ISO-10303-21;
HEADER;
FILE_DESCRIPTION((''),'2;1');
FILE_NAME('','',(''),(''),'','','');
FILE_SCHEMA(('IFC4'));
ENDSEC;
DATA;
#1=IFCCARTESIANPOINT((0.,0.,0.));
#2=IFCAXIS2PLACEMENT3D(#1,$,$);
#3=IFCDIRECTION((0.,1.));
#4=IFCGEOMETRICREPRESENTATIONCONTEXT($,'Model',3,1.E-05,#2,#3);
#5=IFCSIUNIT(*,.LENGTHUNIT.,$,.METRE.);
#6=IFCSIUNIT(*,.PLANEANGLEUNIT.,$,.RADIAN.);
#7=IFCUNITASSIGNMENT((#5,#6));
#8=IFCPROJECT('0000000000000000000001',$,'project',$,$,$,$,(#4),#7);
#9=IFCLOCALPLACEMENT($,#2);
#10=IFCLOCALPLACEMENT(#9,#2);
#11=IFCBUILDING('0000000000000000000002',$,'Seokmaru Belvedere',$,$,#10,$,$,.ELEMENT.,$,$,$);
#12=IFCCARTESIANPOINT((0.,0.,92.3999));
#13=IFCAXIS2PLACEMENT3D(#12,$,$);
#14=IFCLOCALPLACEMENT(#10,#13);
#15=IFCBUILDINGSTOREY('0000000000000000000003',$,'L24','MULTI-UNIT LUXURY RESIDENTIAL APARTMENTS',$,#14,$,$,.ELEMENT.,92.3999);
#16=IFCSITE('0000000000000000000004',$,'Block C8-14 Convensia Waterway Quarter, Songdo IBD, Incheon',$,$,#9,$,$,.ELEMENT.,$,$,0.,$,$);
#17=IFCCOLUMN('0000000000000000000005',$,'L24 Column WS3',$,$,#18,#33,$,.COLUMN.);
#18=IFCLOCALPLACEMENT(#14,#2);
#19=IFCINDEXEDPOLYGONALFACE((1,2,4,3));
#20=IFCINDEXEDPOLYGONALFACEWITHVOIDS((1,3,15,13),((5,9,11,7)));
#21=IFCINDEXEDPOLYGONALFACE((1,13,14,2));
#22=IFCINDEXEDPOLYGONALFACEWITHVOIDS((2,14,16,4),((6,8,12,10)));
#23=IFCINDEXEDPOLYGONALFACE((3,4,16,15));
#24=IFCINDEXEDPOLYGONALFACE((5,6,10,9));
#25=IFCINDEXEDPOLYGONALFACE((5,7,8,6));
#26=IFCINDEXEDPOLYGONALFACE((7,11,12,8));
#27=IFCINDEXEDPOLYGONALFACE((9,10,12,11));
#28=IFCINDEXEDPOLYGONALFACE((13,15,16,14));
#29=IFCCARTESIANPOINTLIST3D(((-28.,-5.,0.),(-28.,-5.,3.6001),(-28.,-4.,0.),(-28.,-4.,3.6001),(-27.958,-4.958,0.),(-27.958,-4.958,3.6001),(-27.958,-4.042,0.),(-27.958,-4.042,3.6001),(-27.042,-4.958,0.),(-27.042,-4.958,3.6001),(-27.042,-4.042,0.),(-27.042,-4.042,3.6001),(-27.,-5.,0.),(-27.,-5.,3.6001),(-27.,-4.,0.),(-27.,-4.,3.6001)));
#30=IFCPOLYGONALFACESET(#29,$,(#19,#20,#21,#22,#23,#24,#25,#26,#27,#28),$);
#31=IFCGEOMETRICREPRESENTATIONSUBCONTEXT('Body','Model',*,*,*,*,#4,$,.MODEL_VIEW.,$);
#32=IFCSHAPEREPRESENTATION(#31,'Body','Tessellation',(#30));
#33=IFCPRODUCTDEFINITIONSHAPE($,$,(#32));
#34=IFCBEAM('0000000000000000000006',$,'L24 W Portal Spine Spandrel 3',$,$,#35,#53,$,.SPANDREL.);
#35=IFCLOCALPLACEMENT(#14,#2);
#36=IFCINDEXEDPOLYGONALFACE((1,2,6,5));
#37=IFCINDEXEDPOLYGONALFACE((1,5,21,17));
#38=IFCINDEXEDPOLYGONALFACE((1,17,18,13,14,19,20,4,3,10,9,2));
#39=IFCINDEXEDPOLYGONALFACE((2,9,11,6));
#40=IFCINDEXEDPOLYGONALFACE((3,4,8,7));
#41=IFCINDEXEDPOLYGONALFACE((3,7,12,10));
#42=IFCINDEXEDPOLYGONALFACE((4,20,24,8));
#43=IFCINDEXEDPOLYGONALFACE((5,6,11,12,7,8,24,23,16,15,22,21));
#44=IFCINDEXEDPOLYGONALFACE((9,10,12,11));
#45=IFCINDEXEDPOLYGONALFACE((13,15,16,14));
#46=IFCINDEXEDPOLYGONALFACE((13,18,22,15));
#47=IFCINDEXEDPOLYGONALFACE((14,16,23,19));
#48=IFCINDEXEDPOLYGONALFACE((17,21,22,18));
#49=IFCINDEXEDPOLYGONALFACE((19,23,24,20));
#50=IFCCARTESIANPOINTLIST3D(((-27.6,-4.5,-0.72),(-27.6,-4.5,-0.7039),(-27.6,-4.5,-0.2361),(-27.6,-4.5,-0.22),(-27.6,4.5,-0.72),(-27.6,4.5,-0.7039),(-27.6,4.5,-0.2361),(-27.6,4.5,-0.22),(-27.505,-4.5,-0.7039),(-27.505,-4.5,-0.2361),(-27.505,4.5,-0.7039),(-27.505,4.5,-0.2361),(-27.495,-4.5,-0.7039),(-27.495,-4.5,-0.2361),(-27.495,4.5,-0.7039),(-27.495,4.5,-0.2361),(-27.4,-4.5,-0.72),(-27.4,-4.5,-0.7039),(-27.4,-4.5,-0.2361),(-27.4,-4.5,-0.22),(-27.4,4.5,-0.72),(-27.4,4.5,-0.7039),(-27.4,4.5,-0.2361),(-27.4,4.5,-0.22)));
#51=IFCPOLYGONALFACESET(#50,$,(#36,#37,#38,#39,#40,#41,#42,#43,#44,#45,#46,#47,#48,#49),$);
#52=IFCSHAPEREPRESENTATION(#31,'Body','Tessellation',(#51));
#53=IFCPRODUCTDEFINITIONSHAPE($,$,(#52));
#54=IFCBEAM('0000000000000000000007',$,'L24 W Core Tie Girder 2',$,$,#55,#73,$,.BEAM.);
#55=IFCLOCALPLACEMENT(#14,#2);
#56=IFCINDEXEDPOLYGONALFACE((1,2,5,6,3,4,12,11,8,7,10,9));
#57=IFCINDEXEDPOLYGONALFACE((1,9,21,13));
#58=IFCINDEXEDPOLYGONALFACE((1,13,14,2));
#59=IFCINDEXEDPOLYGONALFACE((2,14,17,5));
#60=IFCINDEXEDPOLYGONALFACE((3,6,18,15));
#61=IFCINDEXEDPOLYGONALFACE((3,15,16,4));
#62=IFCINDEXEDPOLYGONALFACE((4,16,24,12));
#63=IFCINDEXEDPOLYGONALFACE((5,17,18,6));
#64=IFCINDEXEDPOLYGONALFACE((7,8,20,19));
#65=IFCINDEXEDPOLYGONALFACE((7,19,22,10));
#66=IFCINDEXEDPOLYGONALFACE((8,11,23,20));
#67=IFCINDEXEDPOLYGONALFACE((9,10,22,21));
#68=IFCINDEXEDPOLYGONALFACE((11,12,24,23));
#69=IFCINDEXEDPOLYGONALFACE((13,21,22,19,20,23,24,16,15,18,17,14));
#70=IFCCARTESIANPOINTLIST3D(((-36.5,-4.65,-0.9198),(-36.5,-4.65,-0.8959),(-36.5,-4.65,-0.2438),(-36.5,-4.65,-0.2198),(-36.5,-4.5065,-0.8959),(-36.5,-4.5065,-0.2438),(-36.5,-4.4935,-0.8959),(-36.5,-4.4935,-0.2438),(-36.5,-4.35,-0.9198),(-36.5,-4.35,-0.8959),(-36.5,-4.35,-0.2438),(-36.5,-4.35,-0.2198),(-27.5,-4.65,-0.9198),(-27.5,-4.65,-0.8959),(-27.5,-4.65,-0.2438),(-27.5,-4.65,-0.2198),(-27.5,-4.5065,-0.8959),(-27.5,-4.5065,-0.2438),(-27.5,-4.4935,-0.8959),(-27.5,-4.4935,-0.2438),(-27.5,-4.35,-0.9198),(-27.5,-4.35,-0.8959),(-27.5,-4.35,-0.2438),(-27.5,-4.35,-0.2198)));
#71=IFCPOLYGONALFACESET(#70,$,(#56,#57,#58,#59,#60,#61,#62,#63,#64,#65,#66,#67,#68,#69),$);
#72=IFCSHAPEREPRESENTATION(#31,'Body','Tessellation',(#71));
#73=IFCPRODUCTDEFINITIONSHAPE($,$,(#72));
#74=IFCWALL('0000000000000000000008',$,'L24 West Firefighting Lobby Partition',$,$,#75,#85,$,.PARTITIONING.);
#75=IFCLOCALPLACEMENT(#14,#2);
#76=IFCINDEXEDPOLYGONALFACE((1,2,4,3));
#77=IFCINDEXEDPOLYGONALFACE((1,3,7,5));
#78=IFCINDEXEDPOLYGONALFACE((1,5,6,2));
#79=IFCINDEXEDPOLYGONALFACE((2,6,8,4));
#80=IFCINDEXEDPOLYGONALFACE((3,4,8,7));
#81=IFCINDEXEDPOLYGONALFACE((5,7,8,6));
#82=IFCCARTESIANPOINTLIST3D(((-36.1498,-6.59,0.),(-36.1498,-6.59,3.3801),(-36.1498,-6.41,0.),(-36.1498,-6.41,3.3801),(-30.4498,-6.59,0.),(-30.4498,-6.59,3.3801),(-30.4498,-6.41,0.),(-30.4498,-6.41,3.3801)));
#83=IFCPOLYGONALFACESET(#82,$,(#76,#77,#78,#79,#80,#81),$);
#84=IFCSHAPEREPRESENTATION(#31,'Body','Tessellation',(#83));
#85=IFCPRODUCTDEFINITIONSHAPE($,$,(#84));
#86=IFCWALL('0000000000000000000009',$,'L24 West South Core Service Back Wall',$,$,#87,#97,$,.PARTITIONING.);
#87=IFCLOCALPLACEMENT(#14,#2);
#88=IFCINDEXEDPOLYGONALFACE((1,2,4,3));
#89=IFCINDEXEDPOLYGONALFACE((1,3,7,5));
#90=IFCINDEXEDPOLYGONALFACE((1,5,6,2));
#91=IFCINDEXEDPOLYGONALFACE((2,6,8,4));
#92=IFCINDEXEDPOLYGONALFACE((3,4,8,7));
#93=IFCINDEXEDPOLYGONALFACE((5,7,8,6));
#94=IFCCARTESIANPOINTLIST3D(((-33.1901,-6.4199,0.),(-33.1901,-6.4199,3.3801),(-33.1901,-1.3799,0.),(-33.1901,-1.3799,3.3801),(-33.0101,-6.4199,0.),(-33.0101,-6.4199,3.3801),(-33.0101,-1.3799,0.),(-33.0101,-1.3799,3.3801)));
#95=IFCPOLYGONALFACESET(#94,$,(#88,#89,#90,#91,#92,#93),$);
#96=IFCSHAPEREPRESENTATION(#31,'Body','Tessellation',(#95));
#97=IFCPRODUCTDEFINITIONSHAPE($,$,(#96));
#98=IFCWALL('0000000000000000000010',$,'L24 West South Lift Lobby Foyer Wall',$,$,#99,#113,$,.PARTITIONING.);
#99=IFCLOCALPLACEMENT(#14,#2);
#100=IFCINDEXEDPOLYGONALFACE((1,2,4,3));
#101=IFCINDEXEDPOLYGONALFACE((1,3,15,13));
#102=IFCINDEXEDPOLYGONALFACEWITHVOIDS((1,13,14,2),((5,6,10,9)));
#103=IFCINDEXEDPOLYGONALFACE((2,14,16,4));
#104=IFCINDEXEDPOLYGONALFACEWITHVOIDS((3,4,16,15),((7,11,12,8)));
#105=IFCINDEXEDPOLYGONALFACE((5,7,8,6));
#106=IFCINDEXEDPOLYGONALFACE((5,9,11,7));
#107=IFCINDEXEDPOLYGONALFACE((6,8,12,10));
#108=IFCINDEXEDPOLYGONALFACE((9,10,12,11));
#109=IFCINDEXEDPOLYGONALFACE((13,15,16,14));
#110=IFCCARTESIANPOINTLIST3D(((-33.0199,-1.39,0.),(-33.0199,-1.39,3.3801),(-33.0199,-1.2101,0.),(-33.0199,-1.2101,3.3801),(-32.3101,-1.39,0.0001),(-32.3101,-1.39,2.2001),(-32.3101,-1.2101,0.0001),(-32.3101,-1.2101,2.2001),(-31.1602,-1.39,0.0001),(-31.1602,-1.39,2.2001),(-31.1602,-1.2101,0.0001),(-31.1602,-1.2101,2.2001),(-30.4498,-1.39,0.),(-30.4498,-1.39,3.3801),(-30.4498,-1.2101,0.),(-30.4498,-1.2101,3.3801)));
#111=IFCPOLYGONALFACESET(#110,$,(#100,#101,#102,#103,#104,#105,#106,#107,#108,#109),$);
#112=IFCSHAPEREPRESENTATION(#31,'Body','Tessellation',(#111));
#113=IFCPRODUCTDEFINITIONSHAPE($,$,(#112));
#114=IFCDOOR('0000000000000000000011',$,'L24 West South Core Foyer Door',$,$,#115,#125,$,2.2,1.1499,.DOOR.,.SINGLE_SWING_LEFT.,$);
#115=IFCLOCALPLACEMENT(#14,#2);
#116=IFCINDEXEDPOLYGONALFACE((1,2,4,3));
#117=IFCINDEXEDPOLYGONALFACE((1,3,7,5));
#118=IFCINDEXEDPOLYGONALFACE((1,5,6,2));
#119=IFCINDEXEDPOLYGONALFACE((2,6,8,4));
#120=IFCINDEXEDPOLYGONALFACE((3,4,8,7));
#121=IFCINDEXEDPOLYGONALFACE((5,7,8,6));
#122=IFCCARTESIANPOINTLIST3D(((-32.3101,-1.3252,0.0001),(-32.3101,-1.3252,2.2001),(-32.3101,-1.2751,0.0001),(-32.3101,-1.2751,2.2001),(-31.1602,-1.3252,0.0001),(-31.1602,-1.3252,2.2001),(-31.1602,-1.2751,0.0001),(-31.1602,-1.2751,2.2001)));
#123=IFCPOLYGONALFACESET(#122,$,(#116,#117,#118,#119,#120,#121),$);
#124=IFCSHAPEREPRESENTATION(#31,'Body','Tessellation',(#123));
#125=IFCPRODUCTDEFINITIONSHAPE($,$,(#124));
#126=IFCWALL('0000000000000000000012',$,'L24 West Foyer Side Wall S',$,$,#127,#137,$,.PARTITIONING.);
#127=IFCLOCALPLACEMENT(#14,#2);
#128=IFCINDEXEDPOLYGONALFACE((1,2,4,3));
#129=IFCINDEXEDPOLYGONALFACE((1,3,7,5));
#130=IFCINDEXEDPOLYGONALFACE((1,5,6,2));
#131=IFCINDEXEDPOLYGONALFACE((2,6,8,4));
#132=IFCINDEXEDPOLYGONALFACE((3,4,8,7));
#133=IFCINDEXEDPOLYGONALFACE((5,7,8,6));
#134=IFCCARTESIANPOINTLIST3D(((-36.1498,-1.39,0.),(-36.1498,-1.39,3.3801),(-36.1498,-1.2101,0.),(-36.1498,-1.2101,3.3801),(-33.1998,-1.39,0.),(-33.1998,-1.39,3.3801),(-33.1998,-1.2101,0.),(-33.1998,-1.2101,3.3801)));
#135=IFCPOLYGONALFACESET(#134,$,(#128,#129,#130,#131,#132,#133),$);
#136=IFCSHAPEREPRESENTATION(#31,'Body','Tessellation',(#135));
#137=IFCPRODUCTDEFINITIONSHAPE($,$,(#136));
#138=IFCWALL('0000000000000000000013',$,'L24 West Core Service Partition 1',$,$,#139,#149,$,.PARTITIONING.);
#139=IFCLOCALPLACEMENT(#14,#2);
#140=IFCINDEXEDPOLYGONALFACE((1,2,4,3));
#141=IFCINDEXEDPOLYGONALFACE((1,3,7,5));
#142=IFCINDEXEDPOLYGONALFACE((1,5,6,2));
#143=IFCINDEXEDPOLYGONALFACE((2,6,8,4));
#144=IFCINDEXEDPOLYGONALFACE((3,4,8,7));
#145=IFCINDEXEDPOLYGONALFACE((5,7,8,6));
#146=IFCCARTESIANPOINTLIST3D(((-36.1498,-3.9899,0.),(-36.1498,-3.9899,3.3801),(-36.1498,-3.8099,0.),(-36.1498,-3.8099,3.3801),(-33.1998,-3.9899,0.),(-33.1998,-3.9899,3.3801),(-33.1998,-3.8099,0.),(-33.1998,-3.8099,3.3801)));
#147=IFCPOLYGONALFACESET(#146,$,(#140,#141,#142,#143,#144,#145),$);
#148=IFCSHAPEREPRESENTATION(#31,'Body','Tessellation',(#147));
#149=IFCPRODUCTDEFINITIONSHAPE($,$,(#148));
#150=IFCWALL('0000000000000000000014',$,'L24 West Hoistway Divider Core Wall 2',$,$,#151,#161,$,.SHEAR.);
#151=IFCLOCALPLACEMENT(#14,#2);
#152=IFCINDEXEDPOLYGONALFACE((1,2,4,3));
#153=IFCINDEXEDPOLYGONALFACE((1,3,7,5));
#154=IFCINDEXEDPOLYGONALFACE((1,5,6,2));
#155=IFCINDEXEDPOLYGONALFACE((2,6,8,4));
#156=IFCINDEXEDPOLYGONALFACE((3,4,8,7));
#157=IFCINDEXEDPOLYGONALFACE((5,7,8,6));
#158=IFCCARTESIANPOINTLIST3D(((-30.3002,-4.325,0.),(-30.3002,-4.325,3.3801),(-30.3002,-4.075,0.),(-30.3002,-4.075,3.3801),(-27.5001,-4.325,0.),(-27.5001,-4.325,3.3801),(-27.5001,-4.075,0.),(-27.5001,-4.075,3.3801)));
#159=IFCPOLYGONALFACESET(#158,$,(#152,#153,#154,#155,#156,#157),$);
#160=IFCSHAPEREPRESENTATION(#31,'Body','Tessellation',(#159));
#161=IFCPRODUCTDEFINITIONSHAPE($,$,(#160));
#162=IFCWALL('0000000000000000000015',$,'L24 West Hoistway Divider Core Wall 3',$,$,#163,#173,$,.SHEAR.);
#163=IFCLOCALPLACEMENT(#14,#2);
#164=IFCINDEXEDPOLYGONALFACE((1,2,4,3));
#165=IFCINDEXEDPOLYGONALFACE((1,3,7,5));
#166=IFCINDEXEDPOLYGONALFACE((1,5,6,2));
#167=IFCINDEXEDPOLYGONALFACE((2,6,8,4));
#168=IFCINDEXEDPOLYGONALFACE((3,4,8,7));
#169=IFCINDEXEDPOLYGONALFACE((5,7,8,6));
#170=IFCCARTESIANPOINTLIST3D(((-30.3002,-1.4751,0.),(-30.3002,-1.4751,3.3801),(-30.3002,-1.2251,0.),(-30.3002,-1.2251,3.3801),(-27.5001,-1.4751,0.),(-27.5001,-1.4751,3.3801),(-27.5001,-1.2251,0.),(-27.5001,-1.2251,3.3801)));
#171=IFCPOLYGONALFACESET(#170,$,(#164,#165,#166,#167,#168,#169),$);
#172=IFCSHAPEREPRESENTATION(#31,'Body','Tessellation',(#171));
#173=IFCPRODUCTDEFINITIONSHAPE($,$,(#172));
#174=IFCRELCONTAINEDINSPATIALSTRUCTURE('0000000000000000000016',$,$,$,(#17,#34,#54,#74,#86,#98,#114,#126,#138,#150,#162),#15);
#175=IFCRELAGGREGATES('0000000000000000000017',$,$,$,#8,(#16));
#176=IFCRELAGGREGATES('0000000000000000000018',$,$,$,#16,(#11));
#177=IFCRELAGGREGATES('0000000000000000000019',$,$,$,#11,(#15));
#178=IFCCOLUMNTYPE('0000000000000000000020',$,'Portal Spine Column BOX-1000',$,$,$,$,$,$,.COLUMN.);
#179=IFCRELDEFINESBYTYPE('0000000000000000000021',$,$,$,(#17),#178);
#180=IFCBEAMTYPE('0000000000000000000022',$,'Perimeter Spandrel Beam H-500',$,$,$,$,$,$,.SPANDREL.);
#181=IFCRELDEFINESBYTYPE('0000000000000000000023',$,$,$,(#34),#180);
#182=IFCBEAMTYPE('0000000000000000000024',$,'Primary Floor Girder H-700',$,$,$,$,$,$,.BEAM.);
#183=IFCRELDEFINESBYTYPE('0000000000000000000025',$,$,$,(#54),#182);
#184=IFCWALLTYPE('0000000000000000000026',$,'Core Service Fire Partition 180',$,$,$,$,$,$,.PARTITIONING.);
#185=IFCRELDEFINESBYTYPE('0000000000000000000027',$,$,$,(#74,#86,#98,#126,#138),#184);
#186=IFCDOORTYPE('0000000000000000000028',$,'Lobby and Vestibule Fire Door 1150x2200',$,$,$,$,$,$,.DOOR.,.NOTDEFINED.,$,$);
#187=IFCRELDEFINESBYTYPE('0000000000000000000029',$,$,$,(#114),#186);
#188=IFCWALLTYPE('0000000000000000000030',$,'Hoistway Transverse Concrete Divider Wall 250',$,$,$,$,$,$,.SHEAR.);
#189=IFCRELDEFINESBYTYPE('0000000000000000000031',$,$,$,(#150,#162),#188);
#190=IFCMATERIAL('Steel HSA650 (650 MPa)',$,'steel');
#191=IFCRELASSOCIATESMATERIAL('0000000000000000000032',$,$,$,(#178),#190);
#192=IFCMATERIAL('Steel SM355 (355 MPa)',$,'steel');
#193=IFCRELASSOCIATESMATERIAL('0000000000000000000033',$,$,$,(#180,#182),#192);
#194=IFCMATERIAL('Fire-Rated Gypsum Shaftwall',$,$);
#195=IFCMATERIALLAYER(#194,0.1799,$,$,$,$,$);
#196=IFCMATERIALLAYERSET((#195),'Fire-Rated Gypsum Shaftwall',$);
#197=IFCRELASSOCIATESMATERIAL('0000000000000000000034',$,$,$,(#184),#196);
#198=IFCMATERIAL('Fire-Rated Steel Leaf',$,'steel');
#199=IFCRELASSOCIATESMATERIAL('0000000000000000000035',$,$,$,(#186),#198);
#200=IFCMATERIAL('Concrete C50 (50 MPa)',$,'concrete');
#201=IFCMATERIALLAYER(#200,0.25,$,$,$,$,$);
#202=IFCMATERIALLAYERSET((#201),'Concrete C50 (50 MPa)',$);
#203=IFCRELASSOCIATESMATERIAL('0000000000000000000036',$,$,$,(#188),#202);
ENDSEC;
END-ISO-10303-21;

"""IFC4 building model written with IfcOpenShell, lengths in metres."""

from ifc_helpers import new_model, si_unit, direction, frame, frame_2d, origin, origin_2d, place, context, subcontext, project, spatial, rectangle, hollow_rectangle, i_section, extrude, source, transform, mapped, material, layer, layer_set, material_profile, profile_set, type_object, type_shapes, element, fill, save


model = new_model("IFC4")

# Units and contexts
model_context = context("Model", 3, precision=1e-05, world=origin(), true_north=direction((0.0, 1.0)))
body_context = subcontext(model_context, "Body", "Model", "MODEL_VIEW")
ifc_project = project(units=[si_unit("LENGTHUNIT", "METRE"), si_unit("PLANEANGLEUNIT", "RADIAN")], contexts=[model_context])

# Site, building, storey
site_placement = place(None, origin())
site = spatial("IfcSite", under=ifc_project, at=site_placement, Name="Block C8-14 Convensia Waterway Quarter, Songdo IBD, Incheon", CompositionType="ELEMENT", RefElevation=0.0)
building_placement = place(site_placement, origin())
building = spatial("IfcBuilding", under=site, at=building_placement, Name="Seokmaru Belvedere", CompositionType="ELEMENT")
storey_placement = place(building_placement, frame((0.0, 0.0, 92.3999)))
storey = spatial("IfcBuildingStorey", under=building, at=storey_placement, Name="L24", Description="MULTI-UNIT LUXURY RESIDENTIAL APARTMENTS", CompositionType="ELEMENT", Elevation=92.3999)

# Column
ifc_material_1 = material(Name="Steel HSA650 (650 MPa)", Category="steel")
ifc_material_profile_1 = material_profile(ifc_material_1, hollow_rectangle(XDim=1.0, YDim=1.0, WallThickness=0.042, at=origin_2d()), Name="BOX-1000x1000x42")
ifc_profile_set_1 = profile_set([ifc_material_profile_1], Name="Steel HSA650 (650 MPa)")
column_type = type_object("IfcColumnType", Name="Portal Spine Column BOX-1000", PredefinedType="COLUMN", material=ifc_profile_set_1)
shared_shape_1 = source(origin(), body_context, "Body", "SweptSolid", [
    extrude(hollow_rectangle(XDim=1.0, YDim=1.0, WallThickness=0.042, at=origin_2d()), origin(), (0.0, 0.0, 1.0), 3.6001),
])
type_shapes(column_type, [shared_shape_1])
column_placement = place(storey_placement, frame((-27.5, -4.5, 0.0), z_axis=(0.0, 0.0, 1.0), x_axis=(1.0, 0.0, 0.0)))
element("IfcColumn", 1, at=column_placement, inside=storey, type_object=column_type, Name="L24 Column WS3", PredefinedType="COLUMN", context=body_context, shape_type="MappedRepresentation", body=[
    mapped(shared_shape_1, transform((0.0, 0.0, 0.0), scale=1.0)),
])

# Beams
ifc_material_2 = material(Name="Steel SM355 (355 MPa)", Category="steel")
ifc_material_profile_2 = material_profile(ifc_material_2, i_section(OverallWidth=0.2, OverallDepth=0.5, WebThickness=0.01, FlangeThickness=0.0161, at=origin_2d()), Name="H-500x200x10x16")
ifc_profile_set_2 = profile_set([ifc_material_profile_2], Name="Steel SM355 (355 MPa)")
beam_type_1 = type_object("IfcBeamType", Name="Perimeter Spandrel Beam H-500", PredefinedType="SPANDREL", material=ifc_profile_set_2)
shared_shape_2 = source(origin(), body_context, "Body", "SweptSolid", [
    extrude(i_section(OverallWidth=0.2, OverallDepth=0.5, WebThickness=0.01, FlangeThickness=0.0161, at=origin_2d()), origin(), (0.0, 0.0, 1.0), 9.0),
])
type_shapes(beam_type_1, [shared_shape_2])
beam_1_placement = place(storey_placement, frame((-27.5, -4.5, -0.47), z_axis=(0.0, 1.0, 0.0), x_axis=(-1.0, 0.0, 0.0)))
element("IfcBeam", 2, at=beam_1_placement, inside=storey, type_object=beam_type_1, Name="L24 W Portal Spine Spandrel 3", PredefinedType="SPANDREL", context=body_context, shape_type="MappedRepresentation", body=[
    mapped(shared_shape_2, transform((0.0, 0.0, 0.0), scale=1.0)),
])
ifc_material_profile_3 = material_profile(ifc_material_2, i_section(OverallWidth=0.3, OverallDepth=0.7, WebThickness=0.0129, FlangeThickness=0.0239, at=origin_2d()), Name="H-700x300x13x24")
ifc_profile_set_3 = profile_set([ifc_material_profile_3], Name="Steel SM355 (355 MPa)")
beam_type_2 = type_object("IfcBeamType", Name="Primary Floor Girder H-700", PredefinedType="BEAM", material=ifc_profile_set_3)
shared_shape_3 = source(origin(), body_context, "Body", "SweptSolid", [
    extrude(i_section(OverallWidth=0.3, OverallDepth=0.7, WebThickness=0.0129, FlangeThickness=0.0239, at=origin_2d()), origin(), (0.0, 0.0, 1.0), 9.0),
])
type_shapes(beam_type_2, [shared_shape_3])
beam_2_placement = place(storey_placement, frame((-36.5, -4.5, -0.5698), z_axis=(1.0, 0.0, 0.0), x_axis=(0.0, 1.0, 0.0)))
element("IfcBeam", 3, at=beam_2_placement, inside=storey, type_object=beam_type_2, Name="L24 W Core Tie Girder 2", PredefinedType="BEAM", context=body_context, shape_type="MappedRepresentation", body=[
    mapped(shared_shape_3, transform((0.0, 0.0, 0.0), scale=1.0)),
])

# Walls
ifc_material_3 = material(Name="Fire-Rated Gypsum Shaftwall")
ifc_layer_1 = layer(ifc_material_3, 0.1799)
ifc_layer_set_1 = layer_set([ifc_layer_1], Name="Fire-Rated Gypsum Shaftwall")
wall_type_1 = type_object("IfcWallType", Name="Core Service Fire Partition 180", PredefinedType="PARTITIONING", material=ifc_layer_set_1)
wall_1_placement = place(storey_placement, frame((-36.1499, -6.5, 0.0), z_axis=(0.0, 0.0, 1.0), x_axis=(1.0, 0.0, 0.0)))
element("IfcWall", 4, at=wall_1_placement, inside=storey, type_object=wall_type_1, Name="L24 West Firefighting Lobby Partition", PredefinedType="PARTITIONING", context=body_context, shape_type="SweptSolid", body=[
    extrude(rectangle(XDim=5.7, YDim=0.1799, at=frame_2d((2.8501, 0.0))), origin(), (0.0, 0.0, 1.0), 3.3801),
])
wall_2_placement = place(storey_placement, frame((-33.1001, -6.4199, 0.0), z_axis=(0.0, 0.0, 1.0), x_axis=(0.0, 1.0, 0.0)))
element("IfcWall", 5, at=wall_2_placement, inside=storey, type_object=wall_type_1, Name="L24 West South Core Service Back Wall", PredefinedType="PARTITIONING", context=body_context, shape_type="SweptSolid", body=[
    extrude(rectangle(XDim=5.04, YDim=0.1799, at=frame_2d((2.52, 0.0))), origin(), (0.0, 0.0, 1.0), 3.3801),
])

# Wall, opening, door
wall_3_placement = place(storey_placement, frame((-33.02, -1.3, 0.0), z_axis=(0.0, 0.0, 1.0), x_axis=(1.0, 0.0, 0.0)))
wall_3 = element("IfcWall", 6, at=wall_3_placement, inside=storey, type_object=wall_type_1, Name="L24 West South Lift Lobby Foyer Wall", PredefinedType="PARTITIONING", context=body_context, shape_type="SweptSolid", body=[
    extrude(rectangle(XDim=2.5701, YDim=0.1799, at=frame_2d((1.2852, 0.0))), origin(), (0.0, 0.0, 1.0), 3.3801),
])
opening_1_placement = place(wall_3_placement, frame((0.71, 0.0, 0.0)))
opening_1 = element("IfcOpeningElement", 7, at=opening_1_placement, cuts=wall_3, PredefinedType="OPENING", context=body_context, shape_type="SweptSolid", body=[
    extrude(rectangle(XDim=1.1499, YDim=2.2, at=frame_2d((0.575, 1.1001))), frame((0.0, 0.1001, 0.0), z_axis=(0.0, -1.0, 0.0), x_axis=(1.0, 0.0, 0.0)), (0.0, 0.0, 1.0), 0.2),
])
ifc_material_4 = material(Name="Fire-Rated Steel Leaf", Category="steel")
door_type_1 = type_object("IfcDoorType", Name="Lobby and Vestibule Fire Door 1150x2200", OperationType="NOTDEFINED", PredefinedType="DOOR", material=ifc_material_4)
shared_shape_4 = source(origin(), body_context, "Body", "SweptSolid", [
    extrude(rectangle(XDim=1.1499, YDim=2.2, at=frame_2d((0.575, 1.1001))), frame((0.0, 0.0249, 0.0), z_axis=(0.0, -1.0, 0.0), x_axis=(1.0, 0.0, 0.0)), (0.0, 0.0, 1.0), 0.05),
])
type_shapes(door_type_1, [shared_shape_4])
door_1_placement = place(opening_1_placement, origin())
door_1 = element("IfcDoor", 8, at=door_1_placement, inside=storey, type_object=door_type_1, Name="L24 West South Core Foyer Door", OperationType="SINGLE_SWING_LEFT", OverallHeight=2.2, OverallWidth=1.1499, PredefinedType="DOOR", context=body_context, shape_type="MappedRepresentation", body=[
    mapped(shared_shape_4, transform((0.0, 0.0, 0.0), scale=1.0)),
])
fill(opening_1, door_1)

# Walls
for number, where, z_axis, x_axis, name in (
    (9, (-36.1499, -1.3, 0.0), (0.0, 0.0, 1.0), (1.0, 0.0, 0.0), "L24 West Foyer Side Wall S"),
    (10, (-36.1499, -3.8999, 0.0), (0.0, 0.0, 1.0), (1.0, 0.0, 0.0), "L24 West Core Service Partition 1"),
):
    element("IfcWall", number, at=place(storey_placement, frame(where, z_axis=z_axis, x_axis=x_axis)), inside=storey, type_object=wall_type_1, Name=name, PredefinedType="PARTITIONING", context=body_context, shape_type="SweptSolid", body=[
        extrude(rectangle(XDim=2.95, YDim=0.1799, at=frame_2d((1.4751, 0.0))), origin(), (0.0, 0.0, 1.0), 3.3801),
    ])
ifc_material_5 = material(Name="Concrete C50 (50 MPa)", Category="concrete")
ifc_layer_2 = layer(ifc_material_5, 0.25)
ifc_layer_set_2 = layer_set([ifc_layer_2], Name="Concrete C50 (50 MPa)")
wall_type_2 = type_object("IfcWallType", Name="Hoistway Transverse Concrete Divider Wall 250", PredefinedType="SHEAR", material=ifc_layer_set_2)
for number, where, z_axis, x_axis, name in (
    (11, (-30.3, -4.2, 0.0), (0.0, 0.0, 1.0), (1.0, 0.0, 0.0), "L24 West Hoistway Divider Core Wall 2"),
    (12, (-30.3, -1.3501, 0.0), (0.0, 0.0, 1.0), (1.0, 0.0, 0.0), "L24 West Hoistway Divider Core Wall 3"),
):
    element("IfcWall", number, at=place(storey_placement, frame(where, z_axis=z_axis, x_axis=x_axis)), inside=storey, type_object=wall_type_2, Name=name, PredefinedType="SHEAR", context=body_context, shape_type="SweptSolid", body=[
        extrude(rectangle(XDim=2.8, YDim=0.25, at=frame_2d((1.3999, 0.0))), origin(), (0.0, 0.0, 1.0), 3.3801),
    ])

save(model, "model.ifc")
